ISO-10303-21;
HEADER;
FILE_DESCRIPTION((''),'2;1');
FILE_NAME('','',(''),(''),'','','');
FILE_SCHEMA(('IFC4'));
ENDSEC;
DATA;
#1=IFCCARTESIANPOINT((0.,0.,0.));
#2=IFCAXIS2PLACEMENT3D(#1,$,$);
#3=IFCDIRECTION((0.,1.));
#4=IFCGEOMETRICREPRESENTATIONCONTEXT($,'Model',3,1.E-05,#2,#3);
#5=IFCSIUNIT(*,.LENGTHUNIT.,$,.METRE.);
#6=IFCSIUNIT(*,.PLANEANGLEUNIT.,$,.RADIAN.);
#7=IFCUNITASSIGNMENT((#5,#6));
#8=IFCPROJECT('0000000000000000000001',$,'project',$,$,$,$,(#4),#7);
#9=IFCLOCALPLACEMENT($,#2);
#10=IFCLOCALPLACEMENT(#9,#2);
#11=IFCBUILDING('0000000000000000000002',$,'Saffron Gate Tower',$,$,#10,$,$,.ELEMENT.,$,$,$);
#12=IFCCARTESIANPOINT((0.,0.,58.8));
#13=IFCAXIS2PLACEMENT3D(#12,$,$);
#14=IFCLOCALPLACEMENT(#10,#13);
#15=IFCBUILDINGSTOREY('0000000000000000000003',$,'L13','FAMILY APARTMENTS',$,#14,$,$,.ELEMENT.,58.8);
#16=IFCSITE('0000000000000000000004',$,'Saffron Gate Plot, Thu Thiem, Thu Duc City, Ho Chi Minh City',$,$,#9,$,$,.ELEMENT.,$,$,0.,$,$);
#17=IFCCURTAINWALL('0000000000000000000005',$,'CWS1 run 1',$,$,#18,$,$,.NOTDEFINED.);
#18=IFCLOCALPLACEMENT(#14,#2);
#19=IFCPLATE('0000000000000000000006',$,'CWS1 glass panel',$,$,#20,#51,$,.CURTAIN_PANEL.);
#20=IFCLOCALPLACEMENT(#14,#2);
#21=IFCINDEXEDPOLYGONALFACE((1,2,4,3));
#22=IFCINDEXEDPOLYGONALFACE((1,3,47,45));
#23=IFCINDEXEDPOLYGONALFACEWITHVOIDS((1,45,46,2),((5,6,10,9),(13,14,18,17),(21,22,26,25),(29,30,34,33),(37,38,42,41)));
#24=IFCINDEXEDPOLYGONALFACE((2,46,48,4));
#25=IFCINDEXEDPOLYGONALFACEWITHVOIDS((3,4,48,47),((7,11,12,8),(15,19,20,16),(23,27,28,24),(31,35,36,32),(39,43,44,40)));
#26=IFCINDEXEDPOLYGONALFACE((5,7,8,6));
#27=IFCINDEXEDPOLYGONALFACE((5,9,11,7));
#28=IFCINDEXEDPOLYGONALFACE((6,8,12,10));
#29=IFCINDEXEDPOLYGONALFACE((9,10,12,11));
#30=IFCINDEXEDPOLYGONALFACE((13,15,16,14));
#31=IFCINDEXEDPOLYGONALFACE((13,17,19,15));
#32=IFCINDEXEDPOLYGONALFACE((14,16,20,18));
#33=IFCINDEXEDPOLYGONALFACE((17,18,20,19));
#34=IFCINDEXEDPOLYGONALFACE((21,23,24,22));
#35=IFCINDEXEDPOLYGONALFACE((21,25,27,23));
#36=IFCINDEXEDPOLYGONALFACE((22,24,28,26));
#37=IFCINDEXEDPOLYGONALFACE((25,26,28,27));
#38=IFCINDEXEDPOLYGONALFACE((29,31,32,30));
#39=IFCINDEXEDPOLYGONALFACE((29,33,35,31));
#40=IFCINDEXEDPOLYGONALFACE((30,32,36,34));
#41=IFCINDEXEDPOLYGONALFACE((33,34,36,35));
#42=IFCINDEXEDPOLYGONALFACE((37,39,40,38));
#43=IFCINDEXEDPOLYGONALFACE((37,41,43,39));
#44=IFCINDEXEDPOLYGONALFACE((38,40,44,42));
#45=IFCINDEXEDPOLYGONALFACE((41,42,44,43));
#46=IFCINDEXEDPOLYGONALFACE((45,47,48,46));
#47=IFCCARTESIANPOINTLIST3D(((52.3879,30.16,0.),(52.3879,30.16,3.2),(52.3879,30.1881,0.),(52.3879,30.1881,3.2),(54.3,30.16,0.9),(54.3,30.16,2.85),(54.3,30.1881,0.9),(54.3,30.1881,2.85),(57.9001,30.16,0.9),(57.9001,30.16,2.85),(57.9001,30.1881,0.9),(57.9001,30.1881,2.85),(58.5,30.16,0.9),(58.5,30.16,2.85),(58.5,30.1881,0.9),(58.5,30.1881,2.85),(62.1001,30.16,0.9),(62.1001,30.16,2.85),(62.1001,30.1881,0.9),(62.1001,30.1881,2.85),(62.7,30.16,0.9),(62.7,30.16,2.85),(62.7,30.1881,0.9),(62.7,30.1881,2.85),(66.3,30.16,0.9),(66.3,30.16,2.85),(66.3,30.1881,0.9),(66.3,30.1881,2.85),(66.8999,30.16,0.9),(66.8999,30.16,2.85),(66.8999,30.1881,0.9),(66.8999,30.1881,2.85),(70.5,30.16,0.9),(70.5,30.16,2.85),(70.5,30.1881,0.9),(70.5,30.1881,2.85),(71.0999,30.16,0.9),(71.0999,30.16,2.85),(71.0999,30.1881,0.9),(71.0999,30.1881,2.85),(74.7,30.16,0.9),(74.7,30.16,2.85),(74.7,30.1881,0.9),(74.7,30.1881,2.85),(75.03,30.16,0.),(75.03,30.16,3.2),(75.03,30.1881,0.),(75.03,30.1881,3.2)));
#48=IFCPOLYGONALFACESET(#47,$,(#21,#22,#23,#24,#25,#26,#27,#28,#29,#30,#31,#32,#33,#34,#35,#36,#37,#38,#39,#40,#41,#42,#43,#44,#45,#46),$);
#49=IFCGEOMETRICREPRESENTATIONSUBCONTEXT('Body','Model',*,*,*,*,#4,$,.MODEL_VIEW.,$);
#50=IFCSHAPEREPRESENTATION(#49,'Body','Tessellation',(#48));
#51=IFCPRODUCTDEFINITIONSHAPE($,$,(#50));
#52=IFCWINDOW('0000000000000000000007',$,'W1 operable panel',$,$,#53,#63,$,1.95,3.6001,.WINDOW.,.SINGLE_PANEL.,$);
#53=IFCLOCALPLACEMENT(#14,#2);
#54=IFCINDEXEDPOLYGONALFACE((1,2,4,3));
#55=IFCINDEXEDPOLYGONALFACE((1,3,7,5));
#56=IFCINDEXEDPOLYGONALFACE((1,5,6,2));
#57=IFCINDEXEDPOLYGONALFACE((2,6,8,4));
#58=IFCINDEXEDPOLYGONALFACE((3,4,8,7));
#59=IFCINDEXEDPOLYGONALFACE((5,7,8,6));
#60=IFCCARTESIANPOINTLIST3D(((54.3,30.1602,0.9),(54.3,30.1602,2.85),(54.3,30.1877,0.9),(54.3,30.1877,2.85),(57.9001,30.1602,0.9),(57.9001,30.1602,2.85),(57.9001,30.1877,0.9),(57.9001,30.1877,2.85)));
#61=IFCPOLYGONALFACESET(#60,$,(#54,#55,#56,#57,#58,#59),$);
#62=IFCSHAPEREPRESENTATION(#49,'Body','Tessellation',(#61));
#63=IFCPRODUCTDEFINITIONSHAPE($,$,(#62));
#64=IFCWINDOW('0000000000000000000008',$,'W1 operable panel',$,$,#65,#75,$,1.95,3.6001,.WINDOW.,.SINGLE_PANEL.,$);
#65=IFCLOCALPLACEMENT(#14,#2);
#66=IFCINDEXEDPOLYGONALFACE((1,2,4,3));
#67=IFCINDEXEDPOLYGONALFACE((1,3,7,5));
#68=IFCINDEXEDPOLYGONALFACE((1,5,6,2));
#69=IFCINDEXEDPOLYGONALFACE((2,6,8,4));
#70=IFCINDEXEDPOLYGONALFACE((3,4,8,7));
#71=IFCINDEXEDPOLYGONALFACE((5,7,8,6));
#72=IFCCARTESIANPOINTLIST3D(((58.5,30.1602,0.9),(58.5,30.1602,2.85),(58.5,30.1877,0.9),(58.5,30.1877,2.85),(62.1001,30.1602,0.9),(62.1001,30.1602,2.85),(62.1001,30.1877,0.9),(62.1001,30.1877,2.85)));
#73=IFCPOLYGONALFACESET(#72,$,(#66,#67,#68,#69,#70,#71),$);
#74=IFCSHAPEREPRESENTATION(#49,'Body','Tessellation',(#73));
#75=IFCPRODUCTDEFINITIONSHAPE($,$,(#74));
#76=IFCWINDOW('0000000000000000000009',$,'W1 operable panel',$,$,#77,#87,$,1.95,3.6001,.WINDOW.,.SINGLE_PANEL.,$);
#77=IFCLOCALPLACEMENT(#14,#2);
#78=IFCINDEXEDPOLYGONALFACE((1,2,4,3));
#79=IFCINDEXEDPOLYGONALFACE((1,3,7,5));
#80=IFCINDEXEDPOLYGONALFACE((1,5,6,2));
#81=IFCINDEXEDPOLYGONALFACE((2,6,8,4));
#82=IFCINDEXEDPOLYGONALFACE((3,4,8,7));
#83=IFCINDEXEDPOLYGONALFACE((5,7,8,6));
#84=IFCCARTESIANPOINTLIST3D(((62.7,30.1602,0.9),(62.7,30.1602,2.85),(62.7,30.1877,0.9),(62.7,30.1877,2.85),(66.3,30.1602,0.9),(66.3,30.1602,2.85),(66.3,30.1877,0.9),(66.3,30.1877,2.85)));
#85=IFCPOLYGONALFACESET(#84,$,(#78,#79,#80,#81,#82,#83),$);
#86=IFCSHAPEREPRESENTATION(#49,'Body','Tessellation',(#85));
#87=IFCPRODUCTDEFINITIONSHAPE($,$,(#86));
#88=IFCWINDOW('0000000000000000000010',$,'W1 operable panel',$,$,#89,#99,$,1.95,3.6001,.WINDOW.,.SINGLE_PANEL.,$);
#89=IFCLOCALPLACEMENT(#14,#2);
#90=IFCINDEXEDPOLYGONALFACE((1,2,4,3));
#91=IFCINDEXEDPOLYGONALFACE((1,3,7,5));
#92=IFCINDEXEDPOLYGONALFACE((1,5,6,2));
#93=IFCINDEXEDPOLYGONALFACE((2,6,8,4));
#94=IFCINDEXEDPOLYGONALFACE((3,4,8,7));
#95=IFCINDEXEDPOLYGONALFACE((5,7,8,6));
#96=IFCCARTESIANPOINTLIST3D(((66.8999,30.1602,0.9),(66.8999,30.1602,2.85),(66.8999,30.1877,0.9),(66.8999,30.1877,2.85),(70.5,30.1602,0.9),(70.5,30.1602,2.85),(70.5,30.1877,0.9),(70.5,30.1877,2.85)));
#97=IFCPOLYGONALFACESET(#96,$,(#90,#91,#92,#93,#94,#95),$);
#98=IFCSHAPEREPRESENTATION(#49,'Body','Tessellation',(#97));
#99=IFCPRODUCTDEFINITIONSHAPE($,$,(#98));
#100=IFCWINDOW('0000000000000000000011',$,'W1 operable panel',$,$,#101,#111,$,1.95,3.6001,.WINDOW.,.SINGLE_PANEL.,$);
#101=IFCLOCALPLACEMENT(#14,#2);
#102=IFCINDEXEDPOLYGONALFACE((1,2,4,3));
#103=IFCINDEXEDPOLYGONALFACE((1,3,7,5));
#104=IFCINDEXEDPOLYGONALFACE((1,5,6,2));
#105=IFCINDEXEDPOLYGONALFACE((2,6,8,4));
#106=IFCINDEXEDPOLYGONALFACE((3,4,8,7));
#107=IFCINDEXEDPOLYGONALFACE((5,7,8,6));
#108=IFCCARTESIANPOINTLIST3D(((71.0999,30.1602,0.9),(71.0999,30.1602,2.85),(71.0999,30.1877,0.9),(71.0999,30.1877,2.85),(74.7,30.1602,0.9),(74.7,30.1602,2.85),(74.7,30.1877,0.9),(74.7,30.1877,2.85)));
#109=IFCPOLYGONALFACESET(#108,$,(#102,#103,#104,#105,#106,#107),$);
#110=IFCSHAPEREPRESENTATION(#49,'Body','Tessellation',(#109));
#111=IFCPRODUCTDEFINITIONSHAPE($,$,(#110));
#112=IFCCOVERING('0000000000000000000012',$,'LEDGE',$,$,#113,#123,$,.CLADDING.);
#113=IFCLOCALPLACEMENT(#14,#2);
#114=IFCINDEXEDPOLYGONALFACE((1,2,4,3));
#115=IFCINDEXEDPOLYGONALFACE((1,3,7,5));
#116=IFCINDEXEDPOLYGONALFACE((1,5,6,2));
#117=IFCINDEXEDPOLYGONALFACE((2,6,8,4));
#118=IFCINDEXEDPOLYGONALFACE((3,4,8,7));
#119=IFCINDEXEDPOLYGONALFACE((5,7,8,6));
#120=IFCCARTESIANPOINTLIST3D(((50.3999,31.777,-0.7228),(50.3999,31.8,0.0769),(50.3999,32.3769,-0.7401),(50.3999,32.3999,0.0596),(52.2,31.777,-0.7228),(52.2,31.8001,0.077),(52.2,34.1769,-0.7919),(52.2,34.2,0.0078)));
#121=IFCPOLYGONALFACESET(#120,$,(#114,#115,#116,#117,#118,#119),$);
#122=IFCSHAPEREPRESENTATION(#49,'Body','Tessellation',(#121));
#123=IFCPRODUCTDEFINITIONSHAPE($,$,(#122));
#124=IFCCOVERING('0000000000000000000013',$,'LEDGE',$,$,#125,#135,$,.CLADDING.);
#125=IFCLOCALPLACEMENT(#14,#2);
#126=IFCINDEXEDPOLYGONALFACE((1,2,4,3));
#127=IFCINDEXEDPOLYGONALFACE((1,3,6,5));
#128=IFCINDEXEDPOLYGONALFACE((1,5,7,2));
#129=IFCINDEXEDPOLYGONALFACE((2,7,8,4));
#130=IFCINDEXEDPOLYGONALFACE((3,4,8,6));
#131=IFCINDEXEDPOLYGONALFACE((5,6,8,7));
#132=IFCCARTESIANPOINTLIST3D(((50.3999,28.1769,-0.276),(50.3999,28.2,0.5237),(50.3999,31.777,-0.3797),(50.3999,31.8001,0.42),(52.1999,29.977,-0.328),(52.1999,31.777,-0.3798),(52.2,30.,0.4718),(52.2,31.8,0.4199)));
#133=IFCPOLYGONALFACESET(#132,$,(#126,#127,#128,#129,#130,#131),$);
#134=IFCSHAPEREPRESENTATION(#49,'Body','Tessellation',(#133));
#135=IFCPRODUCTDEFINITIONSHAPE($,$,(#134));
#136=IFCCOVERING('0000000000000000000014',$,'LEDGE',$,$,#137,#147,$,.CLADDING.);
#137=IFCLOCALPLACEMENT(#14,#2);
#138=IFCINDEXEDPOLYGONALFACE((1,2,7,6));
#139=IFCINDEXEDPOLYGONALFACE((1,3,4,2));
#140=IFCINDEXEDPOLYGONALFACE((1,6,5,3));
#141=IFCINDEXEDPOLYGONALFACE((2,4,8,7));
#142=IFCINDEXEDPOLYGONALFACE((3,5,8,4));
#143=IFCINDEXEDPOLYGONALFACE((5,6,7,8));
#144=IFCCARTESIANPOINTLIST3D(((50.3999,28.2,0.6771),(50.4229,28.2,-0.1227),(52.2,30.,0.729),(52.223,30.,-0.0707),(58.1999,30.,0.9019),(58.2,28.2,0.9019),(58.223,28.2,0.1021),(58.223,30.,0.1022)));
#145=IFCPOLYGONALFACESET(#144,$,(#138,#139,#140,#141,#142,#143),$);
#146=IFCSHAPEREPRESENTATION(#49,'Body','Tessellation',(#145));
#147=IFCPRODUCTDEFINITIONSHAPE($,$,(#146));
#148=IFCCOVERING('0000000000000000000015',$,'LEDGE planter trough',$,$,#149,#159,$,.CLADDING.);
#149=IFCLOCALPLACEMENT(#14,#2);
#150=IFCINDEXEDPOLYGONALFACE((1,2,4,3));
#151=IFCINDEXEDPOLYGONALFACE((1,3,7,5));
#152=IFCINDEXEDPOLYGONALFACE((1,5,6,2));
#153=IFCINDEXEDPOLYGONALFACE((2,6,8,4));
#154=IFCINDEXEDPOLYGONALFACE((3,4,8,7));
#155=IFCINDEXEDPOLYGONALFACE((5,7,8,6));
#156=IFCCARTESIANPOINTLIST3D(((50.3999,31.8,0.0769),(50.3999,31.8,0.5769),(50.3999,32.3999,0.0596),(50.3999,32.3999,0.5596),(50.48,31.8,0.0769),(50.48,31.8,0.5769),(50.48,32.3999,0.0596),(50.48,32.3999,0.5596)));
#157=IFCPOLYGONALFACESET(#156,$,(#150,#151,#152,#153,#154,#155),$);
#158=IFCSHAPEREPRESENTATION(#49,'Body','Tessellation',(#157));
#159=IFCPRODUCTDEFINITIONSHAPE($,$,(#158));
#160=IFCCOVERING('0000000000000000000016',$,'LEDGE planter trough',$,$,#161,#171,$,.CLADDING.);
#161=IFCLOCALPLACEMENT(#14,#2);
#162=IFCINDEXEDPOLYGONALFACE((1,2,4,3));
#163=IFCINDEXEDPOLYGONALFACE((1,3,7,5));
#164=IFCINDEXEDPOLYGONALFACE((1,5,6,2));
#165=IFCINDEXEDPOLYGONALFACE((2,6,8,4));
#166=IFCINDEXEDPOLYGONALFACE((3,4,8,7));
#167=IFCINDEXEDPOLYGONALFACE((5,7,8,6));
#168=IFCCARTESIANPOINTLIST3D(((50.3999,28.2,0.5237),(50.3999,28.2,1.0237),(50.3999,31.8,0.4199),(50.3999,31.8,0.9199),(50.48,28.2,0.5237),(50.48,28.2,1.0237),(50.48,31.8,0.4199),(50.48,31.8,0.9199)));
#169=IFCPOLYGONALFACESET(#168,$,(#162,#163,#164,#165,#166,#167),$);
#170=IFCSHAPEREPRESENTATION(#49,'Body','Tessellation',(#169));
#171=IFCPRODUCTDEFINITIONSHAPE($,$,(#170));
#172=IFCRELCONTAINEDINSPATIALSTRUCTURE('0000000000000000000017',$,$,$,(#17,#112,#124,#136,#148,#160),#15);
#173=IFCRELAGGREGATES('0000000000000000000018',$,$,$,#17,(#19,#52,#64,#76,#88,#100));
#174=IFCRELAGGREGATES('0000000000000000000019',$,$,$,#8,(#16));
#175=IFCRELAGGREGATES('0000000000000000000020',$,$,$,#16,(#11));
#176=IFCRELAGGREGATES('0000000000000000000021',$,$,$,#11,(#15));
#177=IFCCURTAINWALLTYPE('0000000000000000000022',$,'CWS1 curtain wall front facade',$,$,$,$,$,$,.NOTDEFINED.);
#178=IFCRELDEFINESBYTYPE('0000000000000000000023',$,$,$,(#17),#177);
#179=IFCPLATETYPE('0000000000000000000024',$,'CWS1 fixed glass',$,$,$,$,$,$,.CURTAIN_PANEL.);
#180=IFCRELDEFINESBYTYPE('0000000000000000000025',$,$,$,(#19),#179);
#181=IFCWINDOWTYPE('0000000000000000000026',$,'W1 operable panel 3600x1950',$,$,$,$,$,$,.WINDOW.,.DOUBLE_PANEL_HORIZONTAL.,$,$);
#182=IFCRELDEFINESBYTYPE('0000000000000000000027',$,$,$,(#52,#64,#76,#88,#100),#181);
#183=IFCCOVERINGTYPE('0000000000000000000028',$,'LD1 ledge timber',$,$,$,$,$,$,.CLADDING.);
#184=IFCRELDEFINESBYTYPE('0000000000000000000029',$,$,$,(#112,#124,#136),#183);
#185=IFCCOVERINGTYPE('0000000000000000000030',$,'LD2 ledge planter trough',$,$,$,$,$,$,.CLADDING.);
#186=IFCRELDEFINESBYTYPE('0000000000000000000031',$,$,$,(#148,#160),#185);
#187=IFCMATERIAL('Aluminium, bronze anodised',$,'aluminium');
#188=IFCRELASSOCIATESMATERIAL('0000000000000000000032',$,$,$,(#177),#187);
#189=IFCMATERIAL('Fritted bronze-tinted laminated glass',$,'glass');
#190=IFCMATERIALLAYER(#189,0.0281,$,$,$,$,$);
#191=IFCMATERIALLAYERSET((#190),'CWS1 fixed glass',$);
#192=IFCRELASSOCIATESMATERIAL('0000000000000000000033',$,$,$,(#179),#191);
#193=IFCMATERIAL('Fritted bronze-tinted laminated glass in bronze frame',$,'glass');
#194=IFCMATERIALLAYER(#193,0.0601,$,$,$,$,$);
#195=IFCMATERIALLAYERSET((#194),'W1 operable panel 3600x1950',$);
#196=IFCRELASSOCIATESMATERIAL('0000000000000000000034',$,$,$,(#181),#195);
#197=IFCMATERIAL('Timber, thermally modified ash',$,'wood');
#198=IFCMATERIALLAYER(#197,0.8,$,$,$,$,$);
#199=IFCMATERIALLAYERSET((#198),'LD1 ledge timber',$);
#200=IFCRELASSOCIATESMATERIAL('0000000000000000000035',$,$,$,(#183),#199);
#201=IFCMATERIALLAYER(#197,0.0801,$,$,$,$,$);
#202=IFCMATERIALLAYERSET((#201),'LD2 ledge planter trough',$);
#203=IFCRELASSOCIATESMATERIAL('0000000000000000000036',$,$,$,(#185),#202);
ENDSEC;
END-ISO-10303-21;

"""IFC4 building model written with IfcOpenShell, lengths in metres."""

from ifc_helpers import new_model, si_unit, direction, frame, frame_2d, origin, place, context, subcontext, project, spatial, polyline, rectangle, outline, extrude, material, layer, layer_set, type_object, element, fill, aggregate, save


model = new_model("IFC4")

# Units and contexts
model_context = context("Model", 3, precision=1e-05, world=origin(), true_north=direction((0.0, 1.0)))
body_context = subcontext(model_context, "Body", "Model", "MODEL_VIEW")
ifc_project = project(units=[si_unit("LENGTHUNIT", "METRE"), si_unit("PLANEANGLEUNIT", "RADIAN")], contexts=[model_context])

# Site, building, storey
site_placement = place(None, origin())
site = spatial("IfcSite", under=ifc_project, at=site_placement, Name="Saffron Gate Plot, Thu Thiem, Thu Duc City, Ho Chi Minh City", CompositionType="ELEMENT", RefElevation=0.0)
building_placement = place(site_placement, origin())
building = spatial("IfcBuilding", under=site, at=building_placement, Name="Saffron Gate Tower", CompositionType="ELEMENT")
storey_placement = place(building_placement, frame((0.0, 0.0, 58.8)))
storey = spatial("IfcBuildingStorey", under=building, at=storey_placement, Name="L13", Description="FAMILY APARTMENTS", CompositionType="ELEMENT", Elevation=58.8)

# Curtain wall
ifc_material_1 = material(Name="Aluminium, bronze anodised", Category="aluminium")
curtain_wall_type_1 = type_object("IfcCurtainWallType", Name="CWS1 curtain wall front facade", PredefinedType="NOTDEFINED", material=ifc_material_1)
curtain_wall_1_placement = place(storey_placement, origin())
curtain_wall_1 = element("IfcCurtainWall", 1, at=curtain_wall_1_placement, inside=storey, type_object=curtain_wall_type_1, Name="CWS1 run 1", PredefinedType="NOTDEFINED")

# Plate, openings, windows
ifc_material_2 = material(Name="Fritted bronze-tinted laminated glass", Category="glass")
ifc_layer_1 = layer(ifc_material_2, 0.0281)
ifc_layer_set_1 = layer_set([ifc_layer_1], Name="CWS1 fixed glass")
plate_type = type_object("IfcPlateType", Name="CWS1 fixed glass", PredefinedType="CURTAIN_PANEL", material=ifc_layer_set_1)
plate_placement = place(storey_placement, frame((52.3879, 30.1741, 0.0), z_axis=(0.0, 0.0, 1.0), x_axis=(1.0, 0.0, 0.0)))
plate = element("IfcPlate", 2, at=plate_placement, type_object=plate_type, Name="CWS1 glass panel", PredefinedType="CURTAIN_PANEL", context=body_context, shape_type="SweptSolid", body=[
    extrude(rectangle(XDim=22.6421, YDim=0.0281, at=frame_2d((11.321, 0.0))), origin(), (0.0, 0.0, 1.0), 3.2),
])
opening_1_placement = place(plate_placement, frame((1.9121, 0.0, 0.8999)))
opening_1 = element("IfcOpeningElement", 3, at=opening_1_placement, cuts=plate, PredefinedType="OPENING", context=body_context, shape_type="SweptSolid", body=[
    extrude(rectangle(XDim=3.6001, YDim=1.95, at=frame_2d((1.8, 0.9751))), frame((0.0, 0.0239, 0.0), z_axis=(0.0, -1.0, 0.0), x_axis=(1.0, 0.0, 0.0)), (0.0, 0.0, 1.0), 0.0481),
])
opening_2_placement = place(plate_placement, frame((6.1121, 0.0, 0.8999)))
opening_2 = element("IfcOpeningElement", 4, at=opening_2_placement, cuts=plate, PredefinedType="OPENING", context=body_context, shape_type="SweptSolid", body=[
    extrude(rectangle(XDim=3.6001, YDim=1.95, at=frame_2d((1.8, 0.9751))), frame((0.0, 0.0239, 0.0), z_axis=(0.0, -1.0, 0.0), x_axis=(1.0, 0.0, 0.0)), (0.0, 0.0, 1.0), 0.0481),
])
opening_3_placement = place(plate_placement, frame((10.312, 0.0, 0.8999)))
opening_3 = element("IfcOpeningElement", 5, at=opening_3_placement, cuts=plate, PredefinedType="OPENING", context=body_context, shape_type="SweptSolid", body=[
    extrude(rectangle(XDim=3.6001, YDim=1.95, at=frame_2d((1.8, 0.9751))), frame((0.0, 0.0239, 0.0), z_axis=(0.0, -1.0, 0.0), x_axis=(1.0, 0.0, 0.0)), (0.0, 0.0, 1.0), 0.0481),
])
opening_4_placement = place(plate_placement, frame((14.512, 0.0, 0.8999)))
opening_4 = element("IfcOpeningElement", 6, at=opening_4_placement, cuts=plate, PredefinedType="OPENING", context=body_context, shape_type="SweptSolid", body=[
    extrude(rectangle(XDim=3.6001, YDim=1.95, at=frame_2d((1.8, 0.9751))), frame((0.0, 0.0239, 0.0), z_axis=(0.0, -1.0, 0.0), x_axis=(1.0, 0.0, 0.0)), (0.0, 0.0, 1.0), 0.0481),
])
opening_5_placement = place(plate_placement, frame((18.7119, 0.0, 0.8999)))
opening_5 = element("IfcOpeningElement", 7, at=opening_5_placement, cuts=plate, PredefinedType="OPENING", context=body_context, shape_type="SweptSolid", body=[
    extrude(rectangle(XDim=3.6001, YDim=1.95, at=frame_2d((1.8, 0.9751))), frame((0.0, 0.0239, 0.0), z_axis=(0.0, -1.0, 0.0), x_axis=(1.0, 0.0, 0.0)), (0.0, 0.0, 1.0), 0.0481),
])
ifc_material_3 = material(Name="Fritted bronze-tinted laminated glass in bronze frame", Category="glass")
ifc_layer_2 = layer(ifc_material_3, 0.0601)
ifc_layer_set_2 = layer_set([ifc_layer_2], Name="W1 operable panel 3600x1950")
window_type = type_object("IfcWindowType", Name="W1 operable panel 3600x1950", PartitioningType="DOUBLE_PANEL_HORIZONTAL", PredefinedType="WINDOW", material=ifc_layer_set_2)
window_1_placement = place(opening_1_placement, origin())
window_1 = element("IfcWindow", 8, at=window_1_placement, type_object=window_type, Name="W1 operable panel", OverallHeight=1.95, OverallWidth=3.6001, PartitioningType="SINGLE_PANEL", PredefinedType="WINDOW", context=body_context, shape_type="SweptSolid", body=[
    extrude(rectangle(XDim=3.6001, YDim=1.95, at=frame_2d((1.8, 0.9751))), frame((0.0, 0.0137, 0.0), z_axis=(0.0, -1.0, 0.0), x_axis=(1.0, 0.0, 0.0)), (0.0, 0.0, 1.0), 0.0276),
])
fill(opening_1, window_1)
window_2_placement = place(opening_2_placement, origin())
window_2 = element("IfcWindow", 9, at=window_2_placement, type_object=window_type, Name="W1 operable panel", OverallHeight=1.95, OverallWidth=3.6001, PartitioningType="SINGLE_PANEL", PredefinedType="WINDOW", context=body_context, shape_type="SweptSolid", body=[
    extrude(rectangle(XDim=3.6001, YDim=1.95, at=frame_2d((1.8, 0.9751))), frame((0.0, 0.0137, 0.0), z_axis=(0.0, -1.0, 0.0), x_axis=(1.0, 0.0, 0.0)), (0.0, 0.0, 1.0), 0.0276),
])
fill(opening_2, window_2)
window_3_placement = place(opening_3_placement, origin())
window_3 = element("IfcWindow", 10, at=window_3_placement, type_object=window_type, Name="W1 operable panel", OverallHeight=1.95, OverallWidth=3.6001, PartitioningType="SINGLE_PANEL", PredefinedType="WINDOW", context=body_context, shape_type="SweptSolid", body=[
    extrude(rectangle(XDim=3.6001, YDim=1.95, at=frame_2d((1.8, 0.9751))), frame((0.0, 0.0137, 0.0), z_axis=(0.0, -1.0, 0.0), x_axis=(1.0, 0.0, 0.0)), (0.0, 0.0, 1.0), 0.0276),
])
fill(opening_3, window_3)
window_4_placement = place(opening_4_placement, origin())
window_4 = element("IfcWindow", 11, at=window_4_placement, type_object=window_type, Name="W1 operable panel", OverallHeight=1.95, OverallWidth=3.6001, PartitioningType="SINGLE_PANEL", PredefinedType="WINDOW", context=body_context, shape_type="SweptSolid", body=[
    extrude(rectangle(XDim=3.6001, YDim=1.95, at=frame_2d((1.8, 0.9751))), frame((0.0, 0.0137, 0.0), z_axis=(0.0, -1.0, 0.0), x_axis=(1.0, 0.0, 0.0)), (0.0, 0.0, 1.0), 0.0276),
])
fill(opening_4, window_4)
window_5_placement = place(opening_5_placement, origin())
window_5 = element("IfcWindow", 12, at=window_5_placement, type_object=window_type, Name="W1 operable panel", OverallHeight=1.95, OverallWidth=3.6001, PartitioningType="SINGLE_PANEL", PredefinedType="WINDOW", context=body_context, shape_type="SweptSolid", body=[
    extrude(rectangle(XDim=3.6001, YDim=1.95, at=frame_2d((1.8, 0.9751))), frame((0.0, 0.0137, 0.0), z_axis=(0.0, -1.0, 0.0), x_axis=(1.0, 0.0, 0.0)), (0.0, 0.0, 1.0), 0.0276),
])
fill(opening_5, window_5)
aggregate(curtain_wall_1, [plate, window_1, window_2, window_3, window_4, window_5])

# Coverings
ifc_material_4 = material(Name="Timber, thermally modified ash", Category="wood")
ifc_layer_3 = layer(ifc_material_4, 0.8)
ifc_layer_set_3 = layer_set([ifc_layer_3], Name="LD1 ledge timber")
covering_type_1 = type_object("IfcCoveringType", Name="LD1 ledge timber", PredefinedType="CLADDING", material=ifc_layer_set_3)
covering_1_placement = place(storey_placement, frame((52.2, 34.2, 0.0078), z_axis=(-0.000029, 0.028799, 0.999585), x_axis=(0.0, -0.999585, 0.028799)))
element("IfcCovering", 13, at=covering_1_placement, inside=storey, type_object=covering_type_1, Name="LEDGE", PredefinedType="CLADDING", context=body_context, shape_type="SweptSolid", body=[
    extrude(outline(polyline([(0.0, 0.0), (2.4009, 0.0), (2.4009, -1.8), (1.8008, -1.8), (0.0, 0.0)])), origin(), (0.0, 0.0, -1.0), 0.8),
])
covering_2_placement = place(storey_placement, frame((52.2, 31.8, 0.4199), z_axis=(0.000045, 0.028787, 0.999586), x_axis=(0.0, -0.999586, 0.028787)))
element("IfcCovering", 14, at=covering_2_placement, inside=storey, type_object=covering_type_1, Name="LEDGE", PredefinedType="CLADDING", context=body_context, shape_type="SweptSolid", body=[
    extrude(outline(polyline([(0.0, 0.0), (1.8008, 0.0), (3.6016, -1.8), (0.0, -1.8), (0.0, 0.0)])), origin(), (0.0, 0.0, -1.0), 0.8),
])
covering_3_placement = place(storey_placement, frame((52.2, 30.0, 0.729), z_axis=(-0.028807, -0.000035, 0.999585), x_axis=(0.999585, 0.0, 0.028807)))
element("IfcCovering", 15, at=covering_3_placement, inside=storey, type_object=covering_type_1, Name="LEDGE", PredefinedType="CLADDING", context=body_context, shape_type="SweptSolid", body=[
    extrude(outline(polyline([(0.0, 0.0), (6.0025, 0.0), (6.0025, -1.8), (-1.8008, -1.8), (0.0, 0.0)])), origin(), (0.0, 0.0, -1.0), 0.8),
])
ifc_layer_4 = layer(ifc_material_4, 0.0801)
ifc_layer_set_4 = layer_set([ifc_layer_4], Name="LD2 ledge planter trough")
covering_type_2 = type_object("IfcCoveringType", Name="LD2 ledge planter trough", PredefinedType="CLADDING", material=ifc_layer_set_4)
covering_4_placement = place(storey_placement, frame((50.3999, 32.3999, 0.0596), z_axis=(-1.0, 0.0, 0.0), x_axis=(0.0, -0.999583, 0.028885)))
element("IfcCovering", 16, at=covering_4_placement, inside=storey, type_object=covering_type_2, Name="LEDGE planter trough", PredefinedType="CLADDING", context=body_context, shape_type="SweptSolid", body=[
    extrude(outline(polyline([(0.0, 0.0), (0.6001, 0.0), (0.6145, 0.4998), (0.0144, 0.4998), (0.0, 0.0)])), origin(), (0.0, 0.0, -1.0), 0.0801),
])
covering_5_placement = place(storey_placement, frame((50.3999, 31.8, 0.4199), z_axis=(-1.0, 0.0, 0.0), x_axis=(0.0, -0.999585, 0.028809)))
element("IfcCovering", 17, at=covering_5_placement, inside=storey, type_object=covering_type_2, Name="LEDGE planter trough", PredefinedType="CLADDING", context=body_context, shape_type="SweptSolid", body=[
    extrude(outline(polyline([(0.0, 0.0), (3.6016, 0.0), (3.616, 0.4998), (0.0144, 0.4998), (0.0, 0.0)])), origin(), (0.0, 0.0, -1.0), 0.0801),
])

save(model, "model.ifc")
